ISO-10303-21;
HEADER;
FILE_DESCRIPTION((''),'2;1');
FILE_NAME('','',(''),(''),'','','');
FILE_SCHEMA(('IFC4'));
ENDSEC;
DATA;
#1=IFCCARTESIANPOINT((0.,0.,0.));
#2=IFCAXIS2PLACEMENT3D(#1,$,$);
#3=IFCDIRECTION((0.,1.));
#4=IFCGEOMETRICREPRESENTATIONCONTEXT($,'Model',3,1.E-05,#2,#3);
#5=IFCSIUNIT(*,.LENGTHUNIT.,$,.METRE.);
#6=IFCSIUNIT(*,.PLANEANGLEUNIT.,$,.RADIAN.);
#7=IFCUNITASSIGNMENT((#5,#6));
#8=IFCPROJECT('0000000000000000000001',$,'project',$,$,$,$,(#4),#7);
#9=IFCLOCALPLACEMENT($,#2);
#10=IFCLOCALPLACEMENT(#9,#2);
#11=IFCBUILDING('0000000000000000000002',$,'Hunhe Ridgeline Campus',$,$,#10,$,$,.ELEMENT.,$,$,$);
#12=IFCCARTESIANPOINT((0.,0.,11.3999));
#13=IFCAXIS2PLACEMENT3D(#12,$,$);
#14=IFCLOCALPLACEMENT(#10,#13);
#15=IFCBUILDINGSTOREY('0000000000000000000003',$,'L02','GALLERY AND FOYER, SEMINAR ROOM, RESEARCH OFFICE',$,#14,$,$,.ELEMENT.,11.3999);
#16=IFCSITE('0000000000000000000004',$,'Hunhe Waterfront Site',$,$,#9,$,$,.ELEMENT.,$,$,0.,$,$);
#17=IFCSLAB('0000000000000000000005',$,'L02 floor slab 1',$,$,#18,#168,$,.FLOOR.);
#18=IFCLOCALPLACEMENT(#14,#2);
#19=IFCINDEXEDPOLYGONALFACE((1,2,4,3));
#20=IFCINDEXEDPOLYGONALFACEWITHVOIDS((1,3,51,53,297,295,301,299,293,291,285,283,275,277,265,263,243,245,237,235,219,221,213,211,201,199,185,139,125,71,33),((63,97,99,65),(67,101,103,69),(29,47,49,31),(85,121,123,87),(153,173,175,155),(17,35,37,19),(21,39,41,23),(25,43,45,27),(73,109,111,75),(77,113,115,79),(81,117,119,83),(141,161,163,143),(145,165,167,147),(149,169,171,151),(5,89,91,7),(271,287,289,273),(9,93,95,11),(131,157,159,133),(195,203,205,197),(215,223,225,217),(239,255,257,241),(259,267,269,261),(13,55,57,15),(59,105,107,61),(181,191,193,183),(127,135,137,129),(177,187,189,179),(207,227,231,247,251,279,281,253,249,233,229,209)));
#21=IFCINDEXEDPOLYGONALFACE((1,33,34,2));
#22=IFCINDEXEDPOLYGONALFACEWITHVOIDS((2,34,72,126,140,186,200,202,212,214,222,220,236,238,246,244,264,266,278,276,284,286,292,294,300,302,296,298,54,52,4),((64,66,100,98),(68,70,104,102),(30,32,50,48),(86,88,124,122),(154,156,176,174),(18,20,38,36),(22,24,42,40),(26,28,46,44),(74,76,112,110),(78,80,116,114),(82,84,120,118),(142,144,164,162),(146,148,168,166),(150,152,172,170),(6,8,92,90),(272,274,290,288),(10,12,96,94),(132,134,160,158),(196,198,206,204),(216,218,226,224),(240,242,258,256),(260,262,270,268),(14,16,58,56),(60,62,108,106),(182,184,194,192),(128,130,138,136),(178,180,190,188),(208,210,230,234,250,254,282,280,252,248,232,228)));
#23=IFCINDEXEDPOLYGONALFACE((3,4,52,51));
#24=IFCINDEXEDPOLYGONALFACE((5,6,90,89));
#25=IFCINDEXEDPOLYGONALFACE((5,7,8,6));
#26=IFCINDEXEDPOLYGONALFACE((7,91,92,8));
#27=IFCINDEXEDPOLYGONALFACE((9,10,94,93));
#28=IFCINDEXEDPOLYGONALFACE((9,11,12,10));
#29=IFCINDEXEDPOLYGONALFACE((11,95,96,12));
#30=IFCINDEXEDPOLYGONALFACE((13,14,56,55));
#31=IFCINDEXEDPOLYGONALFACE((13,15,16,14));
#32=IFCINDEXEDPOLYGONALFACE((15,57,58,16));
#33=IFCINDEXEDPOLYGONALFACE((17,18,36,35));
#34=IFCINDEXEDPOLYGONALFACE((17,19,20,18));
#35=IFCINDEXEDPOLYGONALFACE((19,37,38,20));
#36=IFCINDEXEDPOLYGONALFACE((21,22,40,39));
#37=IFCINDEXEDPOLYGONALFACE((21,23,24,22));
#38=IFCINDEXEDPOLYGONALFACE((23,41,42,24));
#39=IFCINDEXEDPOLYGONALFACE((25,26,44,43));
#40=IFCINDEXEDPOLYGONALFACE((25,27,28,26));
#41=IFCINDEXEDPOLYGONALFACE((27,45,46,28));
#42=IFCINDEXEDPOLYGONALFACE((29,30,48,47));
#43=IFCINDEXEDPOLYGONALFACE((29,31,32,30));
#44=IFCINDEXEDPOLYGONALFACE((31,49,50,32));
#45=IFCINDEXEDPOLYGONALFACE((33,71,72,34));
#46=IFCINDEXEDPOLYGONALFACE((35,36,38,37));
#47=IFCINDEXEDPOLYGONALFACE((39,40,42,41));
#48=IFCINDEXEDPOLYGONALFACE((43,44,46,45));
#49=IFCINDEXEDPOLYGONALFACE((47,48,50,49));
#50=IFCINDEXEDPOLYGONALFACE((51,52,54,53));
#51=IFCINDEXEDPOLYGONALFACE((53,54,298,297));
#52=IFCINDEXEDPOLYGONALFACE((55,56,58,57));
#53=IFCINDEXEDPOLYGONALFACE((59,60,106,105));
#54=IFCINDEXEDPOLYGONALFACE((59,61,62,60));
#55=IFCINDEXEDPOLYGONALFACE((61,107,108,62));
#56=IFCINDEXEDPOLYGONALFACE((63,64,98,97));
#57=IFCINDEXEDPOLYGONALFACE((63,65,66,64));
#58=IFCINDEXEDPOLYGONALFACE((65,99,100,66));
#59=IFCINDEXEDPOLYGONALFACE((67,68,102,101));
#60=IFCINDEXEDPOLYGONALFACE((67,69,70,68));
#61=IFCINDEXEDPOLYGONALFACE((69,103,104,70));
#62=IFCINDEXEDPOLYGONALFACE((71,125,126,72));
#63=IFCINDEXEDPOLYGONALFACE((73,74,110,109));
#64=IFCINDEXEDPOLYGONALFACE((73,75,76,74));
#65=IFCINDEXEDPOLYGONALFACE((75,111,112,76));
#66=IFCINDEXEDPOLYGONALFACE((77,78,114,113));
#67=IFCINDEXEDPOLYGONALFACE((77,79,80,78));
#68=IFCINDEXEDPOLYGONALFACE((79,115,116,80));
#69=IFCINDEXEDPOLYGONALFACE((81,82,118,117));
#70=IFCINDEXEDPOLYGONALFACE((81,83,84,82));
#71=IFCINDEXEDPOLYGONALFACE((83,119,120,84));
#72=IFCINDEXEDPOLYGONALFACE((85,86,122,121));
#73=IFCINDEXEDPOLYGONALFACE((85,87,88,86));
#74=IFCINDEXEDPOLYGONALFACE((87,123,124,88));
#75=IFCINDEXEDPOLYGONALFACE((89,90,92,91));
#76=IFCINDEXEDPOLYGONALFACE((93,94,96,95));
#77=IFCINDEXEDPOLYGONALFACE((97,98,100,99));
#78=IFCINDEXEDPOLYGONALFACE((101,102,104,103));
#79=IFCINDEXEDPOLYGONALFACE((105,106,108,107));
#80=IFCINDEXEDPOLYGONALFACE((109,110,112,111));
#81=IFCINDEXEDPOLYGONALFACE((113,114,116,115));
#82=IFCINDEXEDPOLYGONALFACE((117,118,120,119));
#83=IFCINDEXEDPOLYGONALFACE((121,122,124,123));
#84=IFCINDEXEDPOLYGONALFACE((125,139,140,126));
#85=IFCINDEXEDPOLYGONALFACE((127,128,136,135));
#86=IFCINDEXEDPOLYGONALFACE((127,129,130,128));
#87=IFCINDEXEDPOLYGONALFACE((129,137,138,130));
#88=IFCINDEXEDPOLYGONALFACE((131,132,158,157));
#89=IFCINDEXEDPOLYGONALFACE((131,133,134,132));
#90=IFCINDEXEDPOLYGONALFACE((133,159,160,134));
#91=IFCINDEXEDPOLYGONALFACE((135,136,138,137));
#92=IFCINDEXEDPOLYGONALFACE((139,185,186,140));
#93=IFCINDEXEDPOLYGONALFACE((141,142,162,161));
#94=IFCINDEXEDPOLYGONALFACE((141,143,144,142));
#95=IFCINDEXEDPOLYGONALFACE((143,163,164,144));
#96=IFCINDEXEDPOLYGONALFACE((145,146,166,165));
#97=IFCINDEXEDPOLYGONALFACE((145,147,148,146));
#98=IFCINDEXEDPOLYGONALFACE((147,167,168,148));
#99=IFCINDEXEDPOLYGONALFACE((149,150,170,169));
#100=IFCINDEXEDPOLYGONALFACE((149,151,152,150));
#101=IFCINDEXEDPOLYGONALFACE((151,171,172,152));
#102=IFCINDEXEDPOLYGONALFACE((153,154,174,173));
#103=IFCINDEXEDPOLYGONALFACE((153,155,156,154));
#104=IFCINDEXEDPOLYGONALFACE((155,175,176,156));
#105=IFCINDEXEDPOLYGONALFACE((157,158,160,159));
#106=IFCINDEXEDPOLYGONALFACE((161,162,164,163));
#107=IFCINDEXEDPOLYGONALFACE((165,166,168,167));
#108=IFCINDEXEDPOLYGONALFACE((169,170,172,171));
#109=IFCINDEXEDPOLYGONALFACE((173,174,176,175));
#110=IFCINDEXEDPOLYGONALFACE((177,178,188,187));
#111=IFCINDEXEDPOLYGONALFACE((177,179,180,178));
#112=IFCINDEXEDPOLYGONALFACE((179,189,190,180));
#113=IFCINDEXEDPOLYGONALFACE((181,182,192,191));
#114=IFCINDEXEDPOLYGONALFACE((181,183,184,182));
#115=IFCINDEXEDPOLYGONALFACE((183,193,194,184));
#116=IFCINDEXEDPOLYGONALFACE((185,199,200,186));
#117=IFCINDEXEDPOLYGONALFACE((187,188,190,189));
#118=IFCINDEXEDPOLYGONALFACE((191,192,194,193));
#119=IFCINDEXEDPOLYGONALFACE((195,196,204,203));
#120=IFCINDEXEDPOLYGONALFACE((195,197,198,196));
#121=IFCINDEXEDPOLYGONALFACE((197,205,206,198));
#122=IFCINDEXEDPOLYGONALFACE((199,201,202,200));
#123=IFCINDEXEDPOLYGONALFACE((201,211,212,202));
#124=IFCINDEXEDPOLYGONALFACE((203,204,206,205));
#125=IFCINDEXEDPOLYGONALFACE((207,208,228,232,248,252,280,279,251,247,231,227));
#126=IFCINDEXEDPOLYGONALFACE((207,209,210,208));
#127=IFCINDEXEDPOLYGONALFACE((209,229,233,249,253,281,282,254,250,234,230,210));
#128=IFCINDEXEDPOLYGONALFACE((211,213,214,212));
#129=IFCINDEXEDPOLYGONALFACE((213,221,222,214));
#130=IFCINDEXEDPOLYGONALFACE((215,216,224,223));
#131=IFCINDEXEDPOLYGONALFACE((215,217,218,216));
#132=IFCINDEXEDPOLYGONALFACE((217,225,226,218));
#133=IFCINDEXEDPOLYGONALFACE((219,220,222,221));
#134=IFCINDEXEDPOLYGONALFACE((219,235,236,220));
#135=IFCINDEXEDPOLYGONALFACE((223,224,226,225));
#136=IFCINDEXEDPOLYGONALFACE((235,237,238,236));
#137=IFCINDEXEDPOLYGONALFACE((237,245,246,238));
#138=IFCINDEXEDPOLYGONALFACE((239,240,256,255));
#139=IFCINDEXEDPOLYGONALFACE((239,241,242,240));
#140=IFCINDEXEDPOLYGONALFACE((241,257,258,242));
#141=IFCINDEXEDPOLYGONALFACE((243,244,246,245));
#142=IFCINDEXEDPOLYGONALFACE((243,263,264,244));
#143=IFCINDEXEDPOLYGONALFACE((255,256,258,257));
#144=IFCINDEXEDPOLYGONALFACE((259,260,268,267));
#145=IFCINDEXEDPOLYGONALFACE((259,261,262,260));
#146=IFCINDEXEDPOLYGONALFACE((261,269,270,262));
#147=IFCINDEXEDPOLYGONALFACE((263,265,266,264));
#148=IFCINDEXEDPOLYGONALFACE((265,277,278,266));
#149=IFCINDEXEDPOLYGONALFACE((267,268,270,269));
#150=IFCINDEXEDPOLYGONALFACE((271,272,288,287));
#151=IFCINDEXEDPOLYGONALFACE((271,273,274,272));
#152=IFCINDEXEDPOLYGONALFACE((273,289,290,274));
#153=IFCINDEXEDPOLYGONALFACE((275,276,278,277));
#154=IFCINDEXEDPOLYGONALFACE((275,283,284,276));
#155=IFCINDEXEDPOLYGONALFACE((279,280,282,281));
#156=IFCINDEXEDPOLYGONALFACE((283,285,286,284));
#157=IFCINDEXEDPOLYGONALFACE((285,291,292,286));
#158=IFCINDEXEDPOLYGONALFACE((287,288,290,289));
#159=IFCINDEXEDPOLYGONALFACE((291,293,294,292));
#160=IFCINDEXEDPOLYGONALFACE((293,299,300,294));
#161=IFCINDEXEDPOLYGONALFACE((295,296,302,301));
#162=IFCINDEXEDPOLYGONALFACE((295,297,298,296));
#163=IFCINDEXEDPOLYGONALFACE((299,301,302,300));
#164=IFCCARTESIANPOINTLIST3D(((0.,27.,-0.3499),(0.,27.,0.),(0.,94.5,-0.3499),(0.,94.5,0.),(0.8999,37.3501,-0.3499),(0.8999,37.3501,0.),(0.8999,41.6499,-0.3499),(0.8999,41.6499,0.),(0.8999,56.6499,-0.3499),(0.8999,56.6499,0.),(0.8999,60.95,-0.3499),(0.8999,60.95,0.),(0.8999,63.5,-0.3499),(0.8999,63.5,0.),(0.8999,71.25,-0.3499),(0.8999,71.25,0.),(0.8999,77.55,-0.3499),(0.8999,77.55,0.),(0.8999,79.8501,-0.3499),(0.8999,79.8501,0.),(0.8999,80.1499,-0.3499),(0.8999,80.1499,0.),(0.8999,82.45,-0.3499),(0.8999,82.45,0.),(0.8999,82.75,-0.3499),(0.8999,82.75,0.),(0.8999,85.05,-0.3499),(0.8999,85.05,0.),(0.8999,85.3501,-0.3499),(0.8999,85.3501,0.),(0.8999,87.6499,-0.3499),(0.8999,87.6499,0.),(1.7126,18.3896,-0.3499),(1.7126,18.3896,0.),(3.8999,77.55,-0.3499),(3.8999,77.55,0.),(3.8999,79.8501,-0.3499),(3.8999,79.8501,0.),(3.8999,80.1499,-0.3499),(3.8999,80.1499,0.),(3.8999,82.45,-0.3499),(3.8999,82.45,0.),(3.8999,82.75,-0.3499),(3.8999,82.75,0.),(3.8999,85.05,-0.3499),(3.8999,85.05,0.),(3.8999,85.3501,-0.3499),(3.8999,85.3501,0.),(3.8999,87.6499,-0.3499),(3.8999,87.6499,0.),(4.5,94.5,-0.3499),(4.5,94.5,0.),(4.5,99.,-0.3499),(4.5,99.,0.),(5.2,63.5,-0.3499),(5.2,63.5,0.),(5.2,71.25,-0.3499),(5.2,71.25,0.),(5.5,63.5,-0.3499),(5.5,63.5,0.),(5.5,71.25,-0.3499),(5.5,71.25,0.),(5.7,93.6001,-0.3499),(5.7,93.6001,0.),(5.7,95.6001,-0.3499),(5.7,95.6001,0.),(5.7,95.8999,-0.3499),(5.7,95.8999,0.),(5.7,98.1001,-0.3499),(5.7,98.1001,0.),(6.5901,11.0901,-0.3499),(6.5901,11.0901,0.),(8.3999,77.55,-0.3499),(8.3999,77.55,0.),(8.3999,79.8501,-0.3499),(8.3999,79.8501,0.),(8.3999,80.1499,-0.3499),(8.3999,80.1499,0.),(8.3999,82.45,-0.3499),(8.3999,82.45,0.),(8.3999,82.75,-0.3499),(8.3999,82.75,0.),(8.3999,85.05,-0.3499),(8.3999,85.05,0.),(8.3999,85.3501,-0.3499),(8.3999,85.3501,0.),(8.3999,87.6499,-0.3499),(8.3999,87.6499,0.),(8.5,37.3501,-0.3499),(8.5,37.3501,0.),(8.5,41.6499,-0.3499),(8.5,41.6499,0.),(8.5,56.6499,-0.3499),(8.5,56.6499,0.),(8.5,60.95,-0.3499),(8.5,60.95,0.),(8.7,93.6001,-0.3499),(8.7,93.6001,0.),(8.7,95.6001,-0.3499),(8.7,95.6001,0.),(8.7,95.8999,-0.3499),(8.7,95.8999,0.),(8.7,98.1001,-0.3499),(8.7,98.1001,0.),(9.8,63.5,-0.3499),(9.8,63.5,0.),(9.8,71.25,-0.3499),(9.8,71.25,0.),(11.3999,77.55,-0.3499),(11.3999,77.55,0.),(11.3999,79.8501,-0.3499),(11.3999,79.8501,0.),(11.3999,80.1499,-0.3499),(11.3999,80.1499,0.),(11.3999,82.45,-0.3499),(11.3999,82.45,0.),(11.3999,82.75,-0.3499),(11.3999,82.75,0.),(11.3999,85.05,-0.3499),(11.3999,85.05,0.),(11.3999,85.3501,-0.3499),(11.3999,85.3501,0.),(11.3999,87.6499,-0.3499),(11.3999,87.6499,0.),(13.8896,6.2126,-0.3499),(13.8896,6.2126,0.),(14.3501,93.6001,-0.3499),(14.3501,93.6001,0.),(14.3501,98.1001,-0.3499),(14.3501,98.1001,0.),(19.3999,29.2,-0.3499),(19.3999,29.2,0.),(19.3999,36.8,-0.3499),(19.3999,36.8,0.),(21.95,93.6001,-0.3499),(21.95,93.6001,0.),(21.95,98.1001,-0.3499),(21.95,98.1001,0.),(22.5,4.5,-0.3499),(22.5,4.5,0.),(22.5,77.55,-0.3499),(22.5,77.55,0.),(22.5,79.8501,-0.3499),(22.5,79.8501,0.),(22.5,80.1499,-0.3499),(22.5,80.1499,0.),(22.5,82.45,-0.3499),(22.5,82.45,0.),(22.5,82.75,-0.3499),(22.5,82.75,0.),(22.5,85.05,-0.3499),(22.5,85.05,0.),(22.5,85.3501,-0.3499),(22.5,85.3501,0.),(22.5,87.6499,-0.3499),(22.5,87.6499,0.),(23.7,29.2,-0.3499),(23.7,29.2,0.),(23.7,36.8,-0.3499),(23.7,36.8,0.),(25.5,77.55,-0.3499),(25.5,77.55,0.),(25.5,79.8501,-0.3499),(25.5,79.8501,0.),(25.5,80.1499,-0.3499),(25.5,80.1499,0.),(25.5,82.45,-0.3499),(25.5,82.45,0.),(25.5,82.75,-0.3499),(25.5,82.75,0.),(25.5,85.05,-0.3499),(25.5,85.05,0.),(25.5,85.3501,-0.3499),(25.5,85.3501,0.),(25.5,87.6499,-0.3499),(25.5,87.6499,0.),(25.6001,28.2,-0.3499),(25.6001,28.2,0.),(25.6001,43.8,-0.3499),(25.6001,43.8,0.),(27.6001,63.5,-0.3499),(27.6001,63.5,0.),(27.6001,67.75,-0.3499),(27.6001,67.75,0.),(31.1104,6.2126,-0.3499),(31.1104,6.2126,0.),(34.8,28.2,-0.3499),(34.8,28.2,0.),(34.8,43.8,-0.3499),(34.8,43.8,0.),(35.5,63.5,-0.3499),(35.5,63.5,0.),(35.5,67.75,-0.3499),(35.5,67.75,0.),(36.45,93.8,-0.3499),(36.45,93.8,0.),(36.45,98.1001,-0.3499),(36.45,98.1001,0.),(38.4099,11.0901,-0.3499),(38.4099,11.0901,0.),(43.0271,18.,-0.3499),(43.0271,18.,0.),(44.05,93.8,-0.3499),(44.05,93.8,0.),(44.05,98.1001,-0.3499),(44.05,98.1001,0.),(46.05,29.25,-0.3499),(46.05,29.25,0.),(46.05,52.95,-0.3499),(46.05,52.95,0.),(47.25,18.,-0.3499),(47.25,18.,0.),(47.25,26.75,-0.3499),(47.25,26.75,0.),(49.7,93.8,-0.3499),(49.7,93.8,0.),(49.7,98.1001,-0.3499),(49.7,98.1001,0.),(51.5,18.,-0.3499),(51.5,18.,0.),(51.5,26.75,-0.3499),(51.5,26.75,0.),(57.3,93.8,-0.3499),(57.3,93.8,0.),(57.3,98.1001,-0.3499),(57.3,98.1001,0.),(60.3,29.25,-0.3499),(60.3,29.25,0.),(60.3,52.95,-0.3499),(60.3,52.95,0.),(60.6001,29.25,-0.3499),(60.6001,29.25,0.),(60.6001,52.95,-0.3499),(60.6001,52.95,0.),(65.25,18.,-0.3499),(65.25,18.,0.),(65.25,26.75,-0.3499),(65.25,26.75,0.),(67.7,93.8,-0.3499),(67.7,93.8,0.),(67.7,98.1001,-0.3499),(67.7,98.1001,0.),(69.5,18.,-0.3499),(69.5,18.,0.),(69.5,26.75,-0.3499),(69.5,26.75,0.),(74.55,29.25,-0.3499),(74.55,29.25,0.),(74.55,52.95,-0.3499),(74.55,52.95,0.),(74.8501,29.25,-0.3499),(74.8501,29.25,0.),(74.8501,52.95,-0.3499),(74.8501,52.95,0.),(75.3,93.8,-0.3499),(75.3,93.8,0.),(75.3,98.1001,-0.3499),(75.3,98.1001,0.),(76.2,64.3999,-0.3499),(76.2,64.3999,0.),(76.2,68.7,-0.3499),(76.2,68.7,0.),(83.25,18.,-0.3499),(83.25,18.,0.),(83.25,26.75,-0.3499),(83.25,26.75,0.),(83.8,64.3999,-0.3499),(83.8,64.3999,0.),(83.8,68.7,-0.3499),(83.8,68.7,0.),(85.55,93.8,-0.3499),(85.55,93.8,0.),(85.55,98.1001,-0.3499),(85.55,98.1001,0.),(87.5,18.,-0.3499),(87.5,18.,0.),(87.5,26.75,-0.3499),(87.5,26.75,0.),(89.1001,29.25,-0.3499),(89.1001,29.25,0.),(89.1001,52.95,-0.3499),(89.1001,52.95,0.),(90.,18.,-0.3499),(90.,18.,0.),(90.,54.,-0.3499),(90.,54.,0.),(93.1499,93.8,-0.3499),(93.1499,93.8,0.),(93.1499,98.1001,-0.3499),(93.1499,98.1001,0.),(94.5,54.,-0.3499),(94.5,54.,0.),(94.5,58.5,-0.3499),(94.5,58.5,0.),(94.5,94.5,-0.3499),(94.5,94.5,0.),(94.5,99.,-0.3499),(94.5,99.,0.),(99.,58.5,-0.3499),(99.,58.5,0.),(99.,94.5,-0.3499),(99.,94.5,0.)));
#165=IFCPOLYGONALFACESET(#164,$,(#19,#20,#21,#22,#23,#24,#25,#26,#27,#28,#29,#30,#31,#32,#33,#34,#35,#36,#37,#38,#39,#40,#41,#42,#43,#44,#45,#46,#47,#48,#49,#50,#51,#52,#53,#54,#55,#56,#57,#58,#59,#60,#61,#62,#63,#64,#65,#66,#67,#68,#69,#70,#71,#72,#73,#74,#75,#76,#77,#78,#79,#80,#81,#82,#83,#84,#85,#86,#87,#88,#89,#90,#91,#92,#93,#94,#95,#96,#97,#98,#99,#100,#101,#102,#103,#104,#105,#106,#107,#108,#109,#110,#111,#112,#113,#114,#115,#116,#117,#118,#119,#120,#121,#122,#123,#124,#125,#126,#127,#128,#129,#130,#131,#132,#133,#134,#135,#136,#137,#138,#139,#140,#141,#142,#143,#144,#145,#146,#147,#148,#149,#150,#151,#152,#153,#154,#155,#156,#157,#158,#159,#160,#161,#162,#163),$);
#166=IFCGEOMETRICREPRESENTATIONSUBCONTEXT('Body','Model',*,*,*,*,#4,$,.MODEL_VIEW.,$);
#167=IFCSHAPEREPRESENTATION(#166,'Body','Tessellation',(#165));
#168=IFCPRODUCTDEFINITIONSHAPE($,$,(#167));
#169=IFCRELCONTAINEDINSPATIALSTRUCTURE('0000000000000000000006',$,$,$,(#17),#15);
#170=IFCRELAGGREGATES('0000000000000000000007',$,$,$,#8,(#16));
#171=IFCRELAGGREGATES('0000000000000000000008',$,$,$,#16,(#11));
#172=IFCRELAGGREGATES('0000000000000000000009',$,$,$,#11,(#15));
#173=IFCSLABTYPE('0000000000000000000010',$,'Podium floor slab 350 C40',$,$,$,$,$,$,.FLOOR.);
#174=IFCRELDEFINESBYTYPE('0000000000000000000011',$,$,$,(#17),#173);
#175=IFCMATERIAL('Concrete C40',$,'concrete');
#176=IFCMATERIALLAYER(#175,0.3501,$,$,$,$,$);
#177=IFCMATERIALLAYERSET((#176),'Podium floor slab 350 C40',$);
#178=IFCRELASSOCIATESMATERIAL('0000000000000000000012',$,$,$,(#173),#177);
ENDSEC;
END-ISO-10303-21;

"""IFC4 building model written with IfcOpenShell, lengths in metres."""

from ifc_helpers import new_model, si_unit, direction, frame, origin, place, context, subcontext, project, spatial, polyline, outline, extrude, material, layer, layer_set, type_object, element, save


model = new_model("IFC4")

# Units and contexts
model_context = context("Model", 3, precision=1e-05, world=origin(), true_north=direction((0.0, 1.0)))
body_context = subcontext(model_context, "Body", "Model", "MODEL_VIEW")
ifc_project = project(units=[si_unit("LENGTHUNIT", "METRE"), si_unit("PLANEANGLEUNIT", "RADIAN")], contexts=[model_context])

# Site, building, storey
site_placement = place(None, origin())
site = spatial("IfcSite", under=ifc_project, at=site_placement, Name="Hunhe Waterfront Site", CompositionType="ELEMENT", RefElevation=0.0)
building_placement = place(site_placement, origin())
building = spatial("IfcBuilding", under=site, at=building_placement, Name="Hunhe Ridgeline Campus", CompositionType="ELEMENT")
storey_placement = place(building_placement, frame((0.0, 0.0, 11.3999)))
storey = spatial("IfcBuildingStorey", under=building, at=storey_placement, Name="L02", Description="GALLERY AND FOYER, SEMINAR ROOM, RESEARCH OFFICE", CompositionType="ELEMENT", Elevation=11.3999)

# Slab
ifc_material = material(Name="Concrete C40", Category="concrete")
ifc_layer_1 = layer(ifc_material, 0.3501)
ifc_layer_set_1 = layer_set([ifc_layer_1], Name="Podium floor slab 350 C40")
slab_type_1 = type_object("IfcSlabType", Name="Podium floor slab 350 C40", PredefinedType="FLOOR", material=ifc_layer_set_1)
slab_1_placement = place(storey_placement, frame((0.0, 0.0, -0.3499)))
element("IfcSlab", 1, at=slab_1_placement, inside=storey, type_object=slab_type_1, Name="L02 floor slab 1", PredefinedType="FLOOR", context=body_context, shape_type="SweptSolid", body=[
    extrude(outline(polyline([(90.0, 18.0), (90.0, 54.0), (94.5, 54.0), (94.5, 58.5), (99.0, 58.5), (99.0, 94.5), (94.5, 94.5), (94.5, 99.0), (4.5, 99.0), (4.5, 94.5), (0.0, 94.5), (0.0, 27.0), (1.7126, 18.3896), (6.5901, 11.0901), (13.8896, 6.2126), (22.5, 4.5), (31.1104, 6.2126), (38.4099, 11.0901), (43.0271, 18.0), (47.25, 18.0), (47.25, 26.75), (51.5, 26.75), (51.5, 18.0), (65.25, 18.0), (65.25, 26.75), (69.5, 26.75), (69.5, 18.0), (83.25, 18.0), (83.25, 26.75), (87.5, 26.75), (87.5, 18.0), (90.0, 18.0)]), holes=[polyline([(23.7, 36.8), (19.3999, 36.8), (19.3999, 29.2), (23.7, 29.2), (23.7, 36.8)]), polyline([(8.5, 41.6499), (0.8999, 41.6499), (0.8999, 37.3501), (8.5, 37.3501), (8.5, 41.6499)]), polyline([(8.5, 60.95), (0.8999, 60.95), (0.8999, 56.6499), (8.5, 56.6499), (8.5, 60.95)]), polyline([(5.2, 63.5), (5.2, 71.25), (0.8999, 71.25), (0.8999, 63.5), (5.2, 63.5)]), polyline([(9.8, 63.5), (9.8, 71.25), (5.5, 71.25), (5.5, 63.5), (9.8, 63.5)]), polyline([(0.8999, 77.55), (3.8999, 77.55), (3.8999, 79.8501), (0.8999, 79.8501), (0.8999, 77.55)]), polyline([(8.3999, 77.55), (11.3999, 77.55), (11.3999, 79.8501), (8.3999, 79.8501), (8.3999, 77.55)]), polyline([(0.8999, 80.1499), (3.8999, 80.1499), (3.8999, 82.45), (0.8999, 82.45), (0.8999, 80.1499)]), polyline([(8.3999, 80.1499), (11.3999, 80.1499), (11.3999, 82.45), (8.3999, 82.45), (8.3999, 80.1499)]), polyline([(0.8999, 82.75), (3.8999, 82.75), (3.8999, 85.05), (0.8999, 85.05), (0.8999, 82.75)]), polyline([(8.3999, 82.75), (11.3999, 82.75), (11.3999, 85.05), (8.3999, 85.05), (8.3999, 82.75)]), polyline([(0.8999, 85.3501), (3.8999, 85.3501), (3.8999, 87.6499), (0.8999, 87.6499), (0.8999, 85.3501)]), polyline([(8.3999, 85.3501), (11.3999, 85.3501), (11.3999, 87.6499), (8.3999, 87.6499), (8.3999, 85.3501)]), polyline([(5.7, 93.6001), (8.7, 93.6001), (8.7, 95.6001), (5.7, 95.6001), (5.7, 93.6001)]), polyline([(14.3501, 93.6001), (21.95, 93.6001), (21.95, 98.1001), (14.3501, 98.1001), (14.3501, 93.6001)]), polyline([(5.7, 95.8999), (8.7, 95.8999), (8.7, 98.1001), (5.7, 98.1001), (5.7, 95.8999)]), polyline([(25.6001, 43.8), (25.6001, 28.2), (34.8, 28.2), (34.8, 43.8), (25.6001, 43.8)]), polyline([(74.55, 29.25), (74.8501, 29.25), (89.1001, 29.25), (89.1001, 52.95), (74.8501, 52.95), (74.55, 52.95), (60.6001, 52.95), (60.3, 52.95), (46.05, 52.95), (46.05, 29.25), (60.3, 29.25), (60.6001, 29.25), (74.55, 29.25)]), polyline([(35.5, 67.75), (27.6001, 67.75), (27.6001, 63.5), (35.5, 63.5), (35.5, 67.75)]), polyline([(76.2, 64.3999), (83.8, 64.3999), (83.8, 68.7), (76.2, 68.7), (76.2, 64.3999)]), polyline([(22.5, 77.55), (25.5, 77.55), (25.5, 79.8501), (22.5, 79.8501), (22.5, 77.55)]), polyline([(22.5, 80.1499), (25.5, 80.1499), (25.5, 82.45), (22.5, 82.45), (22.5, 80.1499)]), polyline([(22.5, 82.75), (25.5, 82.75), (25.5, 85.05), (22.5, 85.05), (22.5, 82.75)]), polyline([(22.5, 85.3501), (25.5, 85.3501), (25.5, 87.6499), (22.5, 87.6499), (22.5, 85.3501)]), polyline([(36.45, 93.8), (44.05, 93.8), (44.05, 98.1001), (36.45, 98.1001), (36.45, 93.8)]), polyline([(49.7, 93.8), (57.3, 93.8), (57.3, 98.1001), (49.7, 98.1001), (49.7, 93.8)]), polyline([(67.7, 93.8), (75.3, 93.8), (75.3, 98.1001), (67.7, 98.1001), (67.7, 93.8)]), polyline([(85.55, 93.8), (93.1499, 93.8), (93.1499, 98.1001), (85.55, 98.1001), (85.55, 93.8)])]), origin(), (0.0, 0.0, 1.0), 0.3499),
])

save(model, "model.ifc")
